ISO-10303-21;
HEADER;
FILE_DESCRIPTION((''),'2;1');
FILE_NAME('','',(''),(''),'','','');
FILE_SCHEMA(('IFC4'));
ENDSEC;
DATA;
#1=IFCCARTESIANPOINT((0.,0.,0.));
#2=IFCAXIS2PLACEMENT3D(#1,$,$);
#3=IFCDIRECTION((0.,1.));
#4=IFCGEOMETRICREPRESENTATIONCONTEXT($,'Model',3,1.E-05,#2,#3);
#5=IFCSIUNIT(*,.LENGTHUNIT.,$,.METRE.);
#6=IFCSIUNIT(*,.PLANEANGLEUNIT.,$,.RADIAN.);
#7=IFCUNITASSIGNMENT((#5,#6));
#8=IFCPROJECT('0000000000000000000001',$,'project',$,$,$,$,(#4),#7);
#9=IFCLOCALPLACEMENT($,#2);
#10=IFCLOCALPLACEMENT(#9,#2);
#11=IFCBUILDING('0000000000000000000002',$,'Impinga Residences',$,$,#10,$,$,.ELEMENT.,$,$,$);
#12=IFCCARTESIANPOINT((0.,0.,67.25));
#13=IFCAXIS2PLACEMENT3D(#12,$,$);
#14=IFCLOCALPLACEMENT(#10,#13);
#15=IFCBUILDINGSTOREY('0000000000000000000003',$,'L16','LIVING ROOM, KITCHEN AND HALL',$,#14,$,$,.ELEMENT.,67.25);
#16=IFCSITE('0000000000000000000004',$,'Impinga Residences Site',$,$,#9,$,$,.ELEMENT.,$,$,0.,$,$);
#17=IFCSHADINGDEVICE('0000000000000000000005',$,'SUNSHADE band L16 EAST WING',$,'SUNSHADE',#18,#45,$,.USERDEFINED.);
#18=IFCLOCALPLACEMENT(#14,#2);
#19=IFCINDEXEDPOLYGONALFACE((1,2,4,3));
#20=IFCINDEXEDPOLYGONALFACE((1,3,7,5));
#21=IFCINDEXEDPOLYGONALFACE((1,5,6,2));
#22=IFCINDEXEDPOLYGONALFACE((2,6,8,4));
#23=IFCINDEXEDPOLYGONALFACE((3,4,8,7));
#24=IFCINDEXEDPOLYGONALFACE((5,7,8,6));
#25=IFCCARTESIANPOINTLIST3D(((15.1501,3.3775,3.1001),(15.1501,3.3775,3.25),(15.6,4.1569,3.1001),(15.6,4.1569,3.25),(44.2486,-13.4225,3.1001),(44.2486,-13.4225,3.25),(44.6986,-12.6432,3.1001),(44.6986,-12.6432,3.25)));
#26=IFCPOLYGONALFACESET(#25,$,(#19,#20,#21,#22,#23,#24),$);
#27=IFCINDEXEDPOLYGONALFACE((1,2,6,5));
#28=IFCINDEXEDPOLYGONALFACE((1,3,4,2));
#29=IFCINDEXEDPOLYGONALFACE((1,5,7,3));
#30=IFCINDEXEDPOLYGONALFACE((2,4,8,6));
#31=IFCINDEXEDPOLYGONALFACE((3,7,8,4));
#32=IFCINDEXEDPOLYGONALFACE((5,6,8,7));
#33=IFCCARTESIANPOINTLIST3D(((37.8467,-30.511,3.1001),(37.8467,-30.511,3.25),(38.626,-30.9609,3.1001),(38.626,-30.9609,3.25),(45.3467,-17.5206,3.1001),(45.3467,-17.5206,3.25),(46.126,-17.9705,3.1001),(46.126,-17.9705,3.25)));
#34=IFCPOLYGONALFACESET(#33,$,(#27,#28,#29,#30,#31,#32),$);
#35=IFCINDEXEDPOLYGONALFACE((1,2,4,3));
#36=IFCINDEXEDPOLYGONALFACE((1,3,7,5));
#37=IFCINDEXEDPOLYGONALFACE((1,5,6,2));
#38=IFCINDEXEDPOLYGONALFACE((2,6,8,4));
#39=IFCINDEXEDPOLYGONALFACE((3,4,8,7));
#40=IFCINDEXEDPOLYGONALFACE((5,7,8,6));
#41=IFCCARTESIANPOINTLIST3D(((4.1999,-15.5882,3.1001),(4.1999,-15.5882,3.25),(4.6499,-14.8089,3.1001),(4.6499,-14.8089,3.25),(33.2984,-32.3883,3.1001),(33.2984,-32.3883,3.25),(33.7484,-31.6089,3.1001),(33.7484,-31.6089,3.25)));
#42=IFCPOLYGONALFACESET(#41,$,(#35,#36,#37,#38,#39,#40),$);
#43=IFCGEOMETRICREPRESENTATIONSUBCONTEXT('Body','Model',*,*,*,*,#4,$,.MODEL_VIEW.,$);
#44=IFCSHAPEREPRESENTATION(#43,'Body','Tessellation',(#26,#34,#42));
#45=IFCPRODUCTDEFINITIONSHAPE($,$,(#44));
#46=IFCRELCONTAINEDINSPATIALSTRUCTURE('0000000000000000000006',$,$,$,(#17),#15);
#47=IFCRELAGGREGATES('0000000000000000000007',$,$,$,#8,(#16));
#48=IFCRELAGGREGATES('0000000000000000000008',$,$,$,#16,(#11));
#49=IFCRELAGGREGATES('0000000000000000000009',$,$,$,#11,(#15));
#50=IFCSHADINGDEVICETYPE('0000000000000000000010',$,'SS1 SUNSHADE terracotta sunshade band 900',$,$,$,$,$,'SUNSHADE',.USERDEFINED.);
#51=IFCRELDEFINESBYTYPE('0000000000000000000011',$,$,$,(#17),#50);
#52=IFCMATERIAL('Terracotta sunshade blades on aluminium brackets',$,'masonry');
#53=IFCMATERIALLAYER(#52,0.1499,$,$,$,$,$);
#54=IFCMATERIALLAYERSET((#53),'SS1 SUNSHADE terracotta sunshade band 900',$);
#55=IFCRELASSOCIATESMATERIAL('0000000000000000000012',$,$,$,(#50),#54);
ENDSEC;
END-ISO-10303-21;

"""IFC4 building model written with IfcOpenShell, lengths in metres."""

from ifc_helpers import new_model, si_unit, direction, frame, origin, origin_2d, place, context, subcontext, project, spatial, rectangle, extrude, material, layer, layer_set, type_object, element, save


model = new_model("IFC4")

# Units and contexts
model_context = context("Model", 3, precision=1e-05, world=origin(), true_north=direction((0.0, 1.0)))
body_context = subcontext(model_context, "Body", "Model", "MODEL_VIEW")
ifc_project = project(units=[si_unit("LENGTHUNIT", "METRE"), si_unit("PLANEANGLEUNIT", "RADIAN")], contexts=[model_context])

# Site, building, storey
site_placement = place(None, origin())
site = spatial("IfcSite", under=ifc_project, at=site_placement, Name="Impinga Residences Site", CompositionType="ELEMENT", RefElevation=0.0)
building_placement = place(site_placement, origin())
building = spatial("IfcBuilding", under=site, at=building_placement, Name="Impinga Residences", CompositionType="ELEMENT")
storey_placement = place(building_placement, frame((0.0, 0.0, 67.25)))
storey = spatial("IfcBuildingStorey", under=building, at=storey_placement, Name="L16", Description="LIVING ROOM, KITCHEN AND HALL", CompositionType="ELEMENT", Elevation=67.25)

# Shading device
ifc_material_1 = material(Name="Terracotta sunshade blades on aluminium brackets", Category="masonry")
ifc_layer_1 = layer(ifc_material_1, 0.1499)
ifc_layer_set_1 = layer_set([ifc_layer_1], Name="SS1 SUNSHADE terracotta sunshade band 900")
shading_device_type = type_object("IfcShadingDeviceType", Name="SS1 SUNSHADE terracotta sunshade band 900", ElementType="SUNSHADE", PredefinedType="USERDEFINED", material=ifc_layer_set_1)
shading_device_placement = place(storey_placement, frame((29.9243, -4.6328, 3.1001), z_axis=(0.0, 0.0, 1.0), x_axis=(0.866025, -0.5, 0.0)))
element("IfcShadingDevice", 1, at=shading_device_placement, inside=storey, type_object=shading_device_type, Name="SUNSHADE band L16 EAST WING", ObjectType="SUNSHADE", PredefinedType="USERDEFINED", context=body_context, shape_type="SweptSolid", body=[
    extrude(rectangle(XDim=33.6001, YDim=0.8999, at=origin_2d()), origin(), (0.0, 0.0, 1.0), 0.1499),
    extrude(rectangle(XDim=15.0, YDim=0.8999, at=origin_2d()), frame((20.25, -10.95, 0.0), z_axis=(0.0, 0.0, 1.0), x_axis=(0.0, -1.0, 0.0)), (0.0, 0.0, 1.0), 0.1499),
    extrude(rectangle(XDim=33.6001, YDim=0.8999, at=origin_2d()), frame((-0.0002, -21.8999, 0.0), z_axis=(0.0, 0.0, 1.0), x_axis=(-1.0, 0.0, 0.0)), (0.0, 0.0, 1.0), 0.1499),
])

save(model, "model.ifc")
